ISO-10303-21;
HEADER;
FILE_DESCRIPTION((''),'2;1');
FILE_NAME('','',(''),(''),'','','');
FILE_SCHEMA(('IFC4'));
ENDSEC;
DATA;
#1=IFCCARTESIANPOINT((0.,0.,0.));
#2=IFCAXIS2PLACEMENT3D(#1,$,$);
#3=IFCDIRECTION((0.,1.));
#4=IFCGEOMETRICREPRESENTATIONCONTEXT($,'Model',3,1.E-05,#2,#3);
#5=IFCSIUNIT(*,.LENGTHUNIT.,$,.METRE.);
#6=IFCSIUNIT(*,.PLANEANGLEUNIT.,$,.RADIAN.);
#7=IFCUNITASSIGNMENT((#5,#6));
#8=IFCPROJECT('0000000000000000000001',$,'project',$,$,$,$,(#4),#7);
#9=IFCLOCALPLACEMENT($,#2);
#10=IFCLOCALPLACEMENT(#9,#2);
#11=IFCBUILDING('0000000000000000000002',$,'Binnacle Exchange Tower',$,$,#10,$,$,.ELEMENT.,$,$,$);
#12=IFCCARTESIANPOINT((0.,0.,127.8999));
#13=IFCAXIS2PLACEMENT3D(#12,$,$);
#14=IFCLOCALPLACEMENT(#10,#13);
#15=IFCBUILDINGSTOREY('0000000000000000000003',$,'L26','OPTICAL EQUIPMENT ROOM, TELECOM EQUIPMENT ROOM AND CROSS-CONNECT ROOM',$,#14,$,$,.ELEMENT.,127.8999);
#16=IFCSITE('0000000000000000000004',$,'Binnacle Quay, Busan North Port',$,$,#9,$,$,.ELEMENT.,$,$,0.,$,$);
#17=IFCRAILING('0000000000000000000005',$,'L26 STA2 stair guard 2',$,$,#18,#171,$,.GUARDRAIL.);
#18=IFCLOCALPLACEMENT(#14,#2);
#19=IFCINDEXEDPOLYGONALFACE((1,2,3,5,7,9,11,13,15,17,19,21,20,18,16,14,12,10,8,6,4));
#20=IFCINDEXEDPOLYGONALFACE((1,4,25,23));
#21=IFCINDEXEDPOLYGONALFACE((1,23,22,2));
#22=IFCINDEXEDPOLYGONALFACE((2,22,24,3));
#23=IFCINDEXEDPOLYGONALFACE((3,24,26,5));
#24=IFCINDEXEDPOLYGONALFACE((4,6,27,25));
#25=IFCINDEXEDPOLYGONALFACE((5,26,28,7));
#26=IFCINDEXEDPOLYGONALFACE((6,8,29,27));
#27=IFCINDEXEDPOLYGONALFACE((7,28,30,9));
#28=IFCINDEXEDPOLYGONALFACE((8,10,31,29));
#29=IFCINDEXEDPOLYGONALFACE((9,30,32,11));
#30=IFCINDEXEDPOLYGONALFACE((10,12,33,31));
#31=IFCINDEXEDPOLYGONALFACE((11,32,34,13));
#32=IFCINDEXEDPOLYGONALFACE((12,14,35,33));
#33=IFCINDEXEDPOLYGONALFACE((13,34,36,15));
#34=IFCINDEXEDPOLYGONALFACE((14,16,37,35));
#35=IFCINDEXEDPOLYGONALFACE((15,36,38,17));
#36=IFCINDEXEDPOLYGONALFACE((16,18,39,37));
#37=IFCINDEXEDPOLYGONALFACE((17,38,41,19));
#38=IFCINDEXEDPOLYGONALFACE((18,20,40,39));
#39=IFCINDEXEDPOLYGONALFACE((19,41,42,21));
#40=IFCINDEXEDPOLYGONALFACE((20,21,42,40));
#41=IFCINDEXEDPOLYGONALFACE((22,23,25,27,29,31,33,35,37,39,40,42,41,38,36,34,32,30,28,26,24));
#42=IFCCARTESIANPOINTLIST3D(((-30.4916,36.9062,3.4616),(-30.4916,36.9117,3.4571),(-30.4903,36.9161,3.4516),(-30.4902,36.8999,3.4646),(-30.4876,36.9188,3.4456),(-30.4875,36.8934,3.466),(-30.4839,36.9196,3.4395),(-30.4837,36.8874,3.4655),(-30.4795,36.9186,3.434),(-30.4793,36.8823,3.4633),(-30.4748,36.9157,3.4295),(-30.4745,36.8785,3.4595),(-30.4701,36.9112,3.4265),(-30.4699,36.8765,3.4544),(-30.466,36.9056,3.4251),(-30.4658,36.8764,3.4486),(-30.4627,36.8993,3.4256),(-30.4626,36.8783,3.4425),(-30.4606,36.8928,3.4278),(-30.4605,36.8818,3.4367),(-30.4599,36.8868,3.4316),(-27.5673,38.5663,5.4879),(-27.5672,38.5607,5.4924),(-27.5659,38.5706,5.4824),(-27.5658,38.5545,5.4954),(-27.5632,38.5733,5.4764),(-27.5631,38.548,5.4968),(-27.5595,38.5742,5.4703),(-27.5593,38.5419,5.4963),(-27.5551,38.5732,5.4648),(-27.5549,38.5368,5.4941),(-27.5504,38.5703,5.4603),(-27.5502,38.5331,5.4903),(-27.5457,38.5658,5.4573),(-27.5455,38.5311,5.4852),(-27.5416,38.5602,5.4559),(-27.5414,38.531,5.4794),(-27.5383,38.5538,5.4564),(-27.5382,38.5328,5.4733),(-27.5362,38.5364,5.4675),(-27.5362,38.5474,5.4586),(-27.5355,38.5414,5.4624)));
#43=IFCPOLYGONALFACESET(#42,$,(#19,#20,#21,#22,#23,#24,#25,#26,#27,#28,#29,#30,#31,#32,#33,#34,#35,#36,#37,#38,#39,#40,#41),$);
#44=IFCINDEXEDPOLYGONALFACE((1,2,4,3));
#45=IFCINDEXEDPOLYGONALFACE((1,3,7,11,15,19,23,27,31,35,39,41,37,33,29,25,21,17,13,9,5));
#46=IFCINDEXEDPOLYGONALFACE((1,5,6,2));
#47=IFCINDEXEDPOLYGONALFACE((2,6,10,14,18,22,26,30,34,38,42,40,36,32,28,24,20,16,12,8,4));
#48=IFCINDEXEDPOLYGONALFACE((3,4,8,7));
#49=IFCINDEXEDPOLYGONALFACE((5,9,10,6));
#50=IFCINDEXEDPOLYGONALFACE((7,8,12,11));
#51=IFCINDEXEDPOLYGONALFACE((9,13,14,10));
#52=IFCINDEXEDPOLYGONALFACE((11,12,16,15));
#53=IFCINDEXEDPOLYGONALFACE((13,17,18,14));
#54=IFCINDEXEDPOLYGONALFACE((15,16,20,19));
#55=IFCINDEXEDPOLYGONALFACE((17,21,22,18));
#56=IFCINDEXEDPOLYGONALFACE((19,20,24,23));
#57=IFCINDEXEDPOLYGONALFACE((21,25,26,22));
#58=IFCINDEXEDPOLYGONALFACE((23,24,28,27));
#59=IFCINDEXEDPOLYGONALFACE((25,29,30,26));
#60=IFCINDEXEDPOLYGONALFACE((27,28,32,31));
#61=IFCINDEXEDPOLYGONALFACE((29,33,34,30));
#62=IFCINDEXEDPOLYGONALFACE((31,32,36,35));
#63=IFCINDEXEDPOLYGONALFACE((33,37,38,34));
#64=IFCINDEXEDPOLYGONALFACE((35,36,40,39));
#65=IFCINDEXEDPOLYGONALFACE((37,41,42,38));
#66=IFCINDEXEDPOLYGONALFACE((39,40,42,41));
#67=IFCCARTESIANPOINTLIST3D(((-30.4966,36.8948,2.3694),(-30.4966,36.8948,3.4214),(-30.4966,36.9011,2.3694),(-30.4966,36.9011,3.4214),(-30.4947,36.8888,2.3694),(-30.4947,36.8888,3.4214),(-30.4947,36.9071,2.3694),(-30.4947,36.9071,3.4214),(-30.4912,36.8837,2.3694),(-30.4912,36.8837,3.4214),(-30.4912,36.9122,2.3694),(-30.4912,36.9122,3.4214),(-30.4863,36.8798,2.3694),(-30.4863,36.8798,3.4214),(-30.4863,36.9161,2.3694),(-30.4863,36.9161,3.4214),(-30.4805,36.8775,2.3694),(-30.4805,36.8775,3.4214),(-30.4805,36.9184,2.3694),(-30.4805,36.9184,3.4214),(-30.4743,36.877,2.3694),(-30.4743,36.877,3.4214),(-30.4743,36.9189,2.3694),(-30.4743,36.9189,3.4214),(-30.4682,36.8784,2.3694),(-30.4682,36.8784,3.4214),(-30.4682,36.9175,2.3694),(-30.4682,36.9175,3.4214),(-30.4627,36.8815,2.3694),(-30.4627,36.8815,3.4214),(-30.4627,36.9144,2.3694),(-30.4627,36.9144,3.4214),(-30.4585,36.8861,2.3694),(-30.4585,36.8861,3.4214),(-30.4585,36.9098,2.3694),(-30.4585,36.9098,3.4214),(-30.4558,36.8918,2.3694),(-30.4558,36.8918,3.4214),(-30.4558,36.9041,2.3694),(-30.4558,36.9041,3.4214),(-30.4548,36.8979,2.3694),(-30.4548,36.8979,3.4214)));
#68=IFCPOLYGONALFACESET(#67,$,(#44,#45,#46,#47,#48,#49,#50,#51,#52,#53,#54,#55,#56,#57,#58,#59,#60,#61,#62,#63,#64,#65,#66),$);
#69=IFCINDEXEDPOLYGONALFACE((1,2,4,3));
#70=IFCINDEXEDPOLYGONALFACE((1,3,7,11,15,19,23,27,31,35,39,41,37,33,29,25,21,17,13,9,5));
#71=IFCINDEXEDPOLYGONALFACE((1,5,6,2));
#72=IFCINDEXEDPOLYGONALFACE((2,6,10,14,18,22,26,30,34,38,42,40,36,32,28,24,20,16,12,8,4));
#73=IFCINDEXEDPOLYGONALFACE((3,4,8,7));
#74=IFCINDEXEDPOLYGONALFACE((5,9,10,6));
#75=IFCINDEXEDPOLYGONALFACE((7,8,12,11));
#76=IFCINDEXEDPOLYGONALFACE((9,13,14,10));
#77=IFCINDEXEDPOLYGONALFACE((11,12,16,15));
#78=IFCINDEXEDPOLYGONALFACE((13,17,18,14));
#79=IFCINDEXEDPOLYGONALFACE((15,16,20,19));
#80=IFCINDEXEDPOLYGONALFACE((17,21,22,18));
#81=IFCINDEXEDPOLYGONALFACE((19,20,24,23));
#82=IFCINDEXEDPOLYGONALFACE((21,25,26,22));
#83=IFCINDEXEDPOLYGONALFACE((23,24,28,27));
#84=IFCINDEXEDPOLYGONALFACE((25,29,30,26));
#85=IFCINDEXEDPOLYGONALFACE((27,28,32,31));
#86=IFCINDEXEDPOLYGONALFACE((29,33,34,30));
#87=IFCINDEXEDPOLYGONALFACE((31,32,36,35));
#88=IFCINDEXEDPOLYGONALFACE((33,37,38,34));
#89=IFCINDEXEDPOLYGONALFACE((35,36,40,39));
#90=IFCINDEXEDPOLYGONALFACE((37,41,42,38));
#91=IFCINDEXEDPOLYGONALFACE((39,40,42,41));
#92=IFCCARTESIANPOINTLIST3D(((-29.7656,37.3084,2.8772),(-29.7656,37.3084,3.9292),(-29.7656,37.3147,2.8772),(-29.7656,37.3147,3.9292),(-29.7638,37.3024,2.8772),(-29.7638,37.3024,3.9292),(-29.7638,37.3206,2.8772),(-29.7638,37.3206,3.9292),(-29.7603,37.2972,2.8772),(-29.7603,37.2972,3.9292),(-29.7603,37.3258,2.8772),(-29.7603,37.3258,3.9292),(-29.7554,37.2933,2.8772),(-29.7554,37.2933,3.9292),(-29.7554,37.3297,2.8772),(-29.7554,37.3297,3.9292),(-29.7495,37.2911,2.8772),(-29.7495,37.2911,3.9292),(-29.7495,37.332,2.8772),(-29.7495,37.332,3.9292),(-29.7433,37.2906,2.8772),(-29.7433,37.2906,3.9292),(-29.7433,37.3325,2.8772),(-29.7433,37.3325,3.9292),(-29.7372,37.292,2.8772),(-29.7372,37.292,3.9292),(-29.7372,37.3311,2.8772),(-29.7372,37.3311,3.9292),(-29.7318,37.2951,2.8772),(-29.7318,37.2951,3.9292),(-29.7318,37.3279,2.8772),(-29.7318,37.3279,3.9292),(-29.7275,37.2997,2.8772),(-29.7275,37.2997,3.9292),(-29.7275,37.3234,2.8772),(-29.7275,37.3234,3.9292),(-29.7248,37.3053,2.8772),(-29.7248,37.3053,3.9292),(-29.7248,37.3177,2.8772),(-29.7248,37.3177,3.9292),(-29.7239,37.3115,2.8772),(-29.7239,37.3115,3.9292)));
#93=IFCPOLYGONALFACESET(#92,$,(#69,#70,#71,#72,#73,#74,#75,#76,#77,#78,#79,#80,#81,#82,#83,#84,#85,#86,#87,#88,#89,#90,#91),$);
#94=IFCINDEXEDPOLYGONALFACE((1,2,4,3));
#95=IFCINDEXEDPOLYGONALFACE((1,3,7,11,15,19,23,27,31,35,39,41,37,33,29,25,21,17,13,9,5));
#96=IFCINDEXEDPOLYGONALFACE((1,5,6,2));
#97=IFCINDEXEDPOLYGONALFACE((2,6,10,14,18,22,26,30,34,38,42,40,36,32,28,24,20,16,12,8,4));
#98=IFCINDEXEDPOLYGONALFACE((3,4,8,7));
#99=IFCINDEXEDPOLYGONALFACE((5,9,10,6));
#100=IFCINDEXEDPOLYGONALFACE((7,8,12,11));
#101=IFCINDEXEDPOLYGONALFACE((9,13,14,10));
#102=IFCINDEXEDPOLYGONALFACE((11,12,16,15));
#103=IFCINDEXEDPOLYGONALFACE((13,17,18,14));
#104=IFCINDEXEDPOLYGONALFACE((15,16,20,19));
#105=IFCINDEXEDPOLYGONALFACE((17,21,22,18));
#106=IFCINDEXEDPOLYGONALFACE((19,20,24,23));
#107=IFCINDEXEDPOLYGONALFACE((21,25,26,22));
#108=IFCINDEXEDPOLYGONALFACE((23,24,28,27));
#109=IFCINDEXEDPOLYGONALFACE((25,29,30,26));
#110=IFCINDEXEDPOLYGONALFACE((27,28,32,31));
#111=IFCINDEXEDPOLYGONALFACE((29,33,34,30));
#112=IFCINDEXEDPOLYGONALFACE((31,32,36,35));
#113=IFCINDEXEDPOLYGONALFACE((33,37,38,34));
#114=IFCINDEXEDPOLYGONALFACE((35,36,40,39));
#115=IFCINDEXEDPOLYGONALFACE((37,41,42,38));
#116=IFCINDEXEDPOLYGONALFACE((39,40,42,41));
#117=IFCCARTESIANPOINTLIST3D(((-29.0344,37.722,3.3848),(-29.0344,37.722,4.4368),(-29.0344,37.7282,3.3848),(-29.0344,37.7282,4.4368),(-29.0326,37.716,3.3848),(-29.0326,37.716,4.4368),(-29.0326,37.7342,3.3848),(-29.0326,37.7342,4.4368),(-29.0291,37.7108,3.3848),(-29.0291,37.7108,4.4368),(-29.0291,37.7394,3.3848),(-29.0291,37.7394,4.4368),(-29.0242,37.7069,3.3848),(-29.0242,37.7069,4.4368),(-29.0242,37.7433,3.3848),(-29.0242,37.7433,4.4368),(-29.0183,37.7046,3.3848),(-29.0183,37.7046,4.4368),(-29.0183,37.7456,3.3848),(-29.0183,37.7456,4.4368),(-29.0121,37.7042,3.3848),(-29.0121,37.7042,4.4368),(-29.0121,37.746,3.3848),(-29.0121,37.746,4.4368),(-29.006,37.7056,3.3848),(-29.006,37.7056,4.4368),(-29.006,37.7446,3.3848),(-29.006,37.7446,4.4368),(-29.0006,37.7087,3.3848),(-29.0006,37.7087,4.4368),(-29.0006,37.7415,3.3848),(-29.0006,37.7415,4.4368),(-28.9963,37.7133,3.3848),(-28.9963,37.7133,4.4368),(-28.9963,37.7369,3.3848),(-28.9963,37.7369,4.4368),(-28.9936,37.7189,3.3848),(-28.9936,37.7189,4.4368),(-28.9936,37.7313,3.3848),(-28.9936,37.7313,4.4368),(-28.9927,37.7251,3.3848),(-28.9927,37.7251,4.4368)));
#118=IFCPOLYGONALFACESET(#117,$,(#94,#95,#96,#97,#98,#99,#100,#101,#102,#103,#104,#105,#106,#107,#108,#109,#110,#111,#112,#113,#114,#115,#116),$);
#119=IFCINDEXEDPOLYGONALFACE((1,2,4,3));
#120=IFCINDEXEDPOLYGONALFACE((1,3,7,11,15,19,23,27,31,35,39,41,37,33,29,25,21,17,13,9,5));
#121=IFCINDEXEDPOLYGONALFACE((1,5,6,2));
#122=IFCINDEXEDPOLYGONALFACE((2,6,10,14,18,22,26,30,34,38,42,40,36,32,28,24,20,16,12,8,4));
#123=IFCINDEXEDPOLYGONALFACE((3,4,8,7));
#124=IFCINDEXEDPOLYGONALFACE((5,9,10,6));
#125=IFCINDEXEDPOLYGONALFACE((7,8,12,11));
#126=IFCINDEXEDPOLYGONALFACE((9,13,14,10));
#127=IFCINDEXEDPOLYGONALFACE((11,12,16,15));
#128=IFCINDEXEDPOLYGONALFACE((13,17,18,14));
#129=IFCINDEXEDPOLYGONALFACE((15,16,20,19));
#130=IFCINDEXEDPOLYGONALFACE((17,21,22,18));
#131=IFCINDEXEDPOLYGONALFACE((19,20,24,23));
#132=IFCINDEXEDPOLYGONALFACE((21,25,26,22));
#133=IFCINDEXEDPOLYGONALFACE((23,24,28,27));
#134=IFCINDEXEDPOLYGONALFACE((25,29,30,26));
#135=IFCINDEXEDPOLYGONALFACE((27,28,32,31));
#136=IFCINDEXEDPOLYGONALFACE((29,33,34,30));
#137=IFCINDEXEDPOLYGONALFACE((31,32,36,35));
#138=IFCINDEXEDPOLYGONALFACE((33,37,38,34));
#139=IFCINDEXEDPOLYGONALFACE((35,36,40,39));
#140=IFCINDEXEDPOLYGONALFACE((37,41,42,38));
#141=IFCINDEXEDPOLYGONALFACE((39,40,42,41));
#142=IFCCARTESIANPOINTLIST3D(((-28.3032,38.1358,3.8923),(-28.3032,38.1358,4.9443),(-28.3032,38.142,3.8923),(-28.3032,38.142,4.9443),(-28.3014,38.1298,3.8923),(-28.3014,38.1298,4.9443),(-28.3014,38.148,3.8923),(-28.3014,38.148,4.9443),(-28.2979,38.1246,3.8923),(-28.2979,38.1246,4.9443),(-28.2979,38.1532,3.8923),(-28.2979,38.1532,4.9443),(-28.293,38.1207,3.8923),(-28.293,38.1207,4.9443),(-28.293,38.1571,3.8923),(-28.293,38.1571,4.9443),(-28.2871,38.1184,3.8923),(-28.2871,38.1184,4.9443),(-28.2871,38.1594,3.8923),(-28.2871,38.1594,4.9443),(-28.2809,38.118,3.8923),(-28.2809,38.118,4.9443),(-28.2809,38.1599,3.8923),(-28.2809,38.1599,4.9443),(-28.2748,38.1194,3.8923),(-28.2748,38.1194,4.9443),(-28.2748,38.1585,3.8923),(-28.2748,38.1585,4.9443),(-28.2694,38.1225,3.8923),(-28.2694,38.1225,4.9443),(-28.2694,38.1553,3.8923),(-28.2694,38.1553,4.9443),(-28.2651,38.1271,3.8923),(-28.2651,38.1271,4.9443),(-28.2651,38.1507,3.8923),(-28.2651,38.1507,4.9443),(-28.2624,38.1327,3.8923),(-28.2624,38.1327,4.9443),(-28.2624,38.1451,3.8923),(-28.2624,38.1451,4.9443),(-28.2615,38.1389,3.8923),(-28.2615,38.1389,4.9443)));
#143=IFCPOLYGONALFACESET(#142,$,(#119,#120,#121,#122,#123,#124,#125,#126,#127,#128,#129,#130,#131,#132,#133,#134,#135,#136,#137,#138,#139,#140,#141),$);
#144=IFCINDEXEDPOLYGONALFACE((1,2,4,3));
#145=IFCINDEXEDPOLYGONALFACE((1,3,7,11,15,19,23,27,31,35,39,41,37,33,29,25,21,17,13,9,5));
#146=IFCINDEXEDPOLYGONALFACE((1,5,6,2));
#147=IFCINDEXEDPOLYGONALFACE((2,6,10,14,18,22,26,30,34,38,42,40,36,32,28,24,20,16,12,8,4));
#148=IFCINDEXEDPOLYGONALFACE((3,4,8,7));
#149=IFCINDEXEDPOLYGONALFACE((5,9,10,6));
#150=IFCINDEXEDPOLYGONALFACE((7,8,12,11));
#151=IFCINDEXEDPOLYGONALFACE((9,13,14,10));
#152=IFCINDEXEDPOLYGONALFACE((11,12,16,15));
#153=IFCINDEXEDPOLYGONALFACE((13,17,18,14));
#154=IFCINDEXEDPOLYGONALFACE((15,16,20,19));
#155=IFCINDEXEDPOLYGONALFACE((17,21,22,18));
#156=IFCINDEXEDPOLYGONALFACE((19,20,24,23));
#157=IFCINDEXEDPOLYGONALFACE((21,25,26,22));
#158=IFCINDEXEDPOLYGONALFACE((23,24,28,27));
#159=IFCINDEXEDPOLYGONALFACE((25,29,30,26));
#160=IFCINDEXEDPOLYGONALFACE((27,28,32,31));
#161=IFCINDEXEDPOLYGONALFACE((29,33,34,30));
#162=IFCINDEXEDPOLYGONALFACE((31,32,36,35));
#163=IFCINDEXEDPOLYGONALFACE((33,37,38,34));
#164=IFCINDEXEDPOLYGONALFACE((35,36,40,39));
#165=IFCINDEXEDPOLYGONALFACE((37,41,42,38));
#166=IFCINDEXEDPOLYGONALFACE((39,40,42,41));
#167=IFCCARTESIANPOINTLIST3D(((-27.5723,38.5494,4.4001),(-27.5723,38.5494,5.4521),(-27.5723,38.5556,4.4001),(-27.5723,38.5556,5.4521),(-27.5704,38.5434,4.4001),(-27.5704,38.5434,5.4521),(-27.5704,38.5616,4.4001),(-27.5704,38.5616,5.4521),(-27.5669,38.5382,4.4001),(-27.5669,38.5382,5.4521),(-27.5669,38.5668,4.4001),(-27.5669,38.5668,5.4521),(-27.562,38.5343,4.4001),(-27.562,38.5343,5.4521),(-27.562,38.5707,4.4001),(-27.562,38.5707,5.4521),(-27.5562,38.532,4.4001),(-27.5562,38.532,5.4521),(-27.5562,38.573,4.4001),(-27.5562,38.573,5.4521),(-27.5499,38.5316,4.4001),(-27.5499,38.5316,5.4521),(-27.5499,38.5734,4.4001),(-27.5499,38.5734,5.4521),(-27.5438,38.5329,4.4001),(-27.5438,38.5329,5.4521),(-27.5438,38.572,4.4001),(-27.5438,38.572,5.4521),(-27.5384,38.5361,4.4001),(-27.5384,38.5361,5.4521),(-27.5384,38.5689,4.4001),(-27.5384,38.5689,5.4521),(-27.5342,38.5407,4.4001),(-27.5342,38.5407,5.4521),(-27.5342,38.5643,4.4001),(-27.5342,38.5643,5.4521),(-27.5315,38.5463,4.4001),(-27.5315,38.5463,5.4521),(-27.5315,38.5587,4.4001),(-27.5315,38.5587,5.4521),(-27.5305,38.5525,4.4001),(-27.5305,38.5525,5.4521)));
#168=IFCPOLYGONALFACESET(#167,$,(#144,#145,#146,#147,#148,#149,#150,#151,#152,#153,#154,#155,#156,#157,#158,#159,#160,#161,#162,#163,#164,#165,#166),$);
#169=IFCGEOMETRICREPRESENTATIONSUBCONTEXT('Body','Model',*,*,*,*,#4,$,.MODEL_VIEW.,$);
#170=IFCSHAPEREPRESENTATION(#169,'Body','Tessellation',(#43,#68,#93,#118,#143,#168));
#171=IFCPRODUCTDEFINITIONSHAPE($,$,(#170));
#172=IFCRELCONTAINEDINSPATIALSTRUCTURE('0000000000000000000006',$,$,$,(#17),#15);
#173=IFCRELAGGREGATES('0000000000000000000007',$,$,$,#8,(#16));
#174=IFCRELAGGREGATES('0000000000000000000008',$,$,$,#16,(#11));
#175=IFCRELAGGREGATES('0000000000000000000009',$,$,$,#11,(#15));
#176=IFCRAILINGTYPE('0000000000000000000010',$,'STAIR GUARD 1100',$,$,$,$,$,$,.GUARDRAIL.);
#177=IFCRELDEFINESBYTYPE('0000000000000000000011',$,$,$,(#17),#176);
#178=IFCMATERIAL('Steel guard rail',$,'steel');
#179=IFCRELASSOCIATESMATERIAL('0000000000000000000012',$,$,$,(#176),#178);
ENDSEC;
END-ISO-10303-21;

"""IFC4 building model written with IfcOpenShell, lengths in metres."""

from ifc_helpers import new_model, si_unit, direction, frame, origin, origin_2d, place, context, subcontext, project, spatial, circle, extrude, material, type_object, element, save


model = new_model("IFC4")

# Units and contexts
model_context = context("Model", 3, precision=1e-05, world=origin(), true_north=direction((0.0, 1.0)))
body_context = subcontext(model_context, "Body", "Model", "MODEL_VIEW")
ifc_project = project(units=[si_unit("LENGTHUNIT", "METRE"), si_unit("PLANEANGLEUNIT", "RADIAN")], contexts=[model_context])

# Site, building, storey
site_placement = place(None, origin())
site = spatial("IfcSite", under=ifc_project, at=site_placement, Name="Binnacle Quay, Busan North Port", CompositionType="ELEMENT", RefElevation=0.0)
building_placement = place(site_placement, origin())
building = spatial("IfcBuilding", under=site, at=building_placement, Name="Binnacle Exchange Tower", CompositionType="ELEMENT")
storey_placement = place(building_placement, frame((0.0, 0.0, 127.8999)))
storey = spatial("IfcBuildingStorey", under=building, at=storey_placement, Name="L26", Description="OPTICAL EQUIPMENT ROOM, TELECOM EQUIPMENT ROOM AND CROSS-CONNECT ROOM", CompositionType="ELEMENT", Elevation=127.8999)

# Railing
ifc_material_1 = material(Name="Steel guard rail", Category="steel")
railing_type = type_object("IfcRailingType", Name="STAIR GUARD 1100", PredefinedType="GUARDRAIL", material=ifc_material_1)
railing_placement = place(storey_placement, frame((-30.4758, 36.8979, 2.3694)))
element("IfcRailing", 1, at=railing_placement, inside=storey, type_object=railing_type, Name="L26 STA2 stair guard 2", PredefinedType="GUARDRAIL", context=body_context, shape_type="SweptSolid", body=[
    extrude(circle(Radius=0.0239, at=origin_2d()), frame((0.0, 0.0, 1.0762), z_axis=(0.744867, 0.421437, 0.517266), x_axis=(-0.492433, 0.87035, 0.0)), (0.0, 0.0, 1.0), 3.926),
    extrude(circle(Radius=0.021, at=origin_2d()), origin(), (0.0, 0.0, 1.0), 1.052),
    extrude(circle(Radius=0.021, at=origin_2d()), frame((0.731, 0.4136, 0.5078)), (0.0, 0.0, 1.0), 1.052),
    extrude(circle(Radius=0.021, at=origin_2d()), frame((1.4622, 0.8271, 1.0154)), (0.0, 0.0, 1.0), 1.052),
    extrude(circle(Radius=0.021, at=origin_2d()), frame((2.1934, 1.241, 1.5229)), (0.0, 0.0, 1.0), 1.052),
    extrude(circle(Radius=0.021, at=origin_2d()), frame((2.9243, 1.6545, 2.0308)), (0.0, 0.0, 1.0), 1.052),
])

save(model, "model.ifc")
